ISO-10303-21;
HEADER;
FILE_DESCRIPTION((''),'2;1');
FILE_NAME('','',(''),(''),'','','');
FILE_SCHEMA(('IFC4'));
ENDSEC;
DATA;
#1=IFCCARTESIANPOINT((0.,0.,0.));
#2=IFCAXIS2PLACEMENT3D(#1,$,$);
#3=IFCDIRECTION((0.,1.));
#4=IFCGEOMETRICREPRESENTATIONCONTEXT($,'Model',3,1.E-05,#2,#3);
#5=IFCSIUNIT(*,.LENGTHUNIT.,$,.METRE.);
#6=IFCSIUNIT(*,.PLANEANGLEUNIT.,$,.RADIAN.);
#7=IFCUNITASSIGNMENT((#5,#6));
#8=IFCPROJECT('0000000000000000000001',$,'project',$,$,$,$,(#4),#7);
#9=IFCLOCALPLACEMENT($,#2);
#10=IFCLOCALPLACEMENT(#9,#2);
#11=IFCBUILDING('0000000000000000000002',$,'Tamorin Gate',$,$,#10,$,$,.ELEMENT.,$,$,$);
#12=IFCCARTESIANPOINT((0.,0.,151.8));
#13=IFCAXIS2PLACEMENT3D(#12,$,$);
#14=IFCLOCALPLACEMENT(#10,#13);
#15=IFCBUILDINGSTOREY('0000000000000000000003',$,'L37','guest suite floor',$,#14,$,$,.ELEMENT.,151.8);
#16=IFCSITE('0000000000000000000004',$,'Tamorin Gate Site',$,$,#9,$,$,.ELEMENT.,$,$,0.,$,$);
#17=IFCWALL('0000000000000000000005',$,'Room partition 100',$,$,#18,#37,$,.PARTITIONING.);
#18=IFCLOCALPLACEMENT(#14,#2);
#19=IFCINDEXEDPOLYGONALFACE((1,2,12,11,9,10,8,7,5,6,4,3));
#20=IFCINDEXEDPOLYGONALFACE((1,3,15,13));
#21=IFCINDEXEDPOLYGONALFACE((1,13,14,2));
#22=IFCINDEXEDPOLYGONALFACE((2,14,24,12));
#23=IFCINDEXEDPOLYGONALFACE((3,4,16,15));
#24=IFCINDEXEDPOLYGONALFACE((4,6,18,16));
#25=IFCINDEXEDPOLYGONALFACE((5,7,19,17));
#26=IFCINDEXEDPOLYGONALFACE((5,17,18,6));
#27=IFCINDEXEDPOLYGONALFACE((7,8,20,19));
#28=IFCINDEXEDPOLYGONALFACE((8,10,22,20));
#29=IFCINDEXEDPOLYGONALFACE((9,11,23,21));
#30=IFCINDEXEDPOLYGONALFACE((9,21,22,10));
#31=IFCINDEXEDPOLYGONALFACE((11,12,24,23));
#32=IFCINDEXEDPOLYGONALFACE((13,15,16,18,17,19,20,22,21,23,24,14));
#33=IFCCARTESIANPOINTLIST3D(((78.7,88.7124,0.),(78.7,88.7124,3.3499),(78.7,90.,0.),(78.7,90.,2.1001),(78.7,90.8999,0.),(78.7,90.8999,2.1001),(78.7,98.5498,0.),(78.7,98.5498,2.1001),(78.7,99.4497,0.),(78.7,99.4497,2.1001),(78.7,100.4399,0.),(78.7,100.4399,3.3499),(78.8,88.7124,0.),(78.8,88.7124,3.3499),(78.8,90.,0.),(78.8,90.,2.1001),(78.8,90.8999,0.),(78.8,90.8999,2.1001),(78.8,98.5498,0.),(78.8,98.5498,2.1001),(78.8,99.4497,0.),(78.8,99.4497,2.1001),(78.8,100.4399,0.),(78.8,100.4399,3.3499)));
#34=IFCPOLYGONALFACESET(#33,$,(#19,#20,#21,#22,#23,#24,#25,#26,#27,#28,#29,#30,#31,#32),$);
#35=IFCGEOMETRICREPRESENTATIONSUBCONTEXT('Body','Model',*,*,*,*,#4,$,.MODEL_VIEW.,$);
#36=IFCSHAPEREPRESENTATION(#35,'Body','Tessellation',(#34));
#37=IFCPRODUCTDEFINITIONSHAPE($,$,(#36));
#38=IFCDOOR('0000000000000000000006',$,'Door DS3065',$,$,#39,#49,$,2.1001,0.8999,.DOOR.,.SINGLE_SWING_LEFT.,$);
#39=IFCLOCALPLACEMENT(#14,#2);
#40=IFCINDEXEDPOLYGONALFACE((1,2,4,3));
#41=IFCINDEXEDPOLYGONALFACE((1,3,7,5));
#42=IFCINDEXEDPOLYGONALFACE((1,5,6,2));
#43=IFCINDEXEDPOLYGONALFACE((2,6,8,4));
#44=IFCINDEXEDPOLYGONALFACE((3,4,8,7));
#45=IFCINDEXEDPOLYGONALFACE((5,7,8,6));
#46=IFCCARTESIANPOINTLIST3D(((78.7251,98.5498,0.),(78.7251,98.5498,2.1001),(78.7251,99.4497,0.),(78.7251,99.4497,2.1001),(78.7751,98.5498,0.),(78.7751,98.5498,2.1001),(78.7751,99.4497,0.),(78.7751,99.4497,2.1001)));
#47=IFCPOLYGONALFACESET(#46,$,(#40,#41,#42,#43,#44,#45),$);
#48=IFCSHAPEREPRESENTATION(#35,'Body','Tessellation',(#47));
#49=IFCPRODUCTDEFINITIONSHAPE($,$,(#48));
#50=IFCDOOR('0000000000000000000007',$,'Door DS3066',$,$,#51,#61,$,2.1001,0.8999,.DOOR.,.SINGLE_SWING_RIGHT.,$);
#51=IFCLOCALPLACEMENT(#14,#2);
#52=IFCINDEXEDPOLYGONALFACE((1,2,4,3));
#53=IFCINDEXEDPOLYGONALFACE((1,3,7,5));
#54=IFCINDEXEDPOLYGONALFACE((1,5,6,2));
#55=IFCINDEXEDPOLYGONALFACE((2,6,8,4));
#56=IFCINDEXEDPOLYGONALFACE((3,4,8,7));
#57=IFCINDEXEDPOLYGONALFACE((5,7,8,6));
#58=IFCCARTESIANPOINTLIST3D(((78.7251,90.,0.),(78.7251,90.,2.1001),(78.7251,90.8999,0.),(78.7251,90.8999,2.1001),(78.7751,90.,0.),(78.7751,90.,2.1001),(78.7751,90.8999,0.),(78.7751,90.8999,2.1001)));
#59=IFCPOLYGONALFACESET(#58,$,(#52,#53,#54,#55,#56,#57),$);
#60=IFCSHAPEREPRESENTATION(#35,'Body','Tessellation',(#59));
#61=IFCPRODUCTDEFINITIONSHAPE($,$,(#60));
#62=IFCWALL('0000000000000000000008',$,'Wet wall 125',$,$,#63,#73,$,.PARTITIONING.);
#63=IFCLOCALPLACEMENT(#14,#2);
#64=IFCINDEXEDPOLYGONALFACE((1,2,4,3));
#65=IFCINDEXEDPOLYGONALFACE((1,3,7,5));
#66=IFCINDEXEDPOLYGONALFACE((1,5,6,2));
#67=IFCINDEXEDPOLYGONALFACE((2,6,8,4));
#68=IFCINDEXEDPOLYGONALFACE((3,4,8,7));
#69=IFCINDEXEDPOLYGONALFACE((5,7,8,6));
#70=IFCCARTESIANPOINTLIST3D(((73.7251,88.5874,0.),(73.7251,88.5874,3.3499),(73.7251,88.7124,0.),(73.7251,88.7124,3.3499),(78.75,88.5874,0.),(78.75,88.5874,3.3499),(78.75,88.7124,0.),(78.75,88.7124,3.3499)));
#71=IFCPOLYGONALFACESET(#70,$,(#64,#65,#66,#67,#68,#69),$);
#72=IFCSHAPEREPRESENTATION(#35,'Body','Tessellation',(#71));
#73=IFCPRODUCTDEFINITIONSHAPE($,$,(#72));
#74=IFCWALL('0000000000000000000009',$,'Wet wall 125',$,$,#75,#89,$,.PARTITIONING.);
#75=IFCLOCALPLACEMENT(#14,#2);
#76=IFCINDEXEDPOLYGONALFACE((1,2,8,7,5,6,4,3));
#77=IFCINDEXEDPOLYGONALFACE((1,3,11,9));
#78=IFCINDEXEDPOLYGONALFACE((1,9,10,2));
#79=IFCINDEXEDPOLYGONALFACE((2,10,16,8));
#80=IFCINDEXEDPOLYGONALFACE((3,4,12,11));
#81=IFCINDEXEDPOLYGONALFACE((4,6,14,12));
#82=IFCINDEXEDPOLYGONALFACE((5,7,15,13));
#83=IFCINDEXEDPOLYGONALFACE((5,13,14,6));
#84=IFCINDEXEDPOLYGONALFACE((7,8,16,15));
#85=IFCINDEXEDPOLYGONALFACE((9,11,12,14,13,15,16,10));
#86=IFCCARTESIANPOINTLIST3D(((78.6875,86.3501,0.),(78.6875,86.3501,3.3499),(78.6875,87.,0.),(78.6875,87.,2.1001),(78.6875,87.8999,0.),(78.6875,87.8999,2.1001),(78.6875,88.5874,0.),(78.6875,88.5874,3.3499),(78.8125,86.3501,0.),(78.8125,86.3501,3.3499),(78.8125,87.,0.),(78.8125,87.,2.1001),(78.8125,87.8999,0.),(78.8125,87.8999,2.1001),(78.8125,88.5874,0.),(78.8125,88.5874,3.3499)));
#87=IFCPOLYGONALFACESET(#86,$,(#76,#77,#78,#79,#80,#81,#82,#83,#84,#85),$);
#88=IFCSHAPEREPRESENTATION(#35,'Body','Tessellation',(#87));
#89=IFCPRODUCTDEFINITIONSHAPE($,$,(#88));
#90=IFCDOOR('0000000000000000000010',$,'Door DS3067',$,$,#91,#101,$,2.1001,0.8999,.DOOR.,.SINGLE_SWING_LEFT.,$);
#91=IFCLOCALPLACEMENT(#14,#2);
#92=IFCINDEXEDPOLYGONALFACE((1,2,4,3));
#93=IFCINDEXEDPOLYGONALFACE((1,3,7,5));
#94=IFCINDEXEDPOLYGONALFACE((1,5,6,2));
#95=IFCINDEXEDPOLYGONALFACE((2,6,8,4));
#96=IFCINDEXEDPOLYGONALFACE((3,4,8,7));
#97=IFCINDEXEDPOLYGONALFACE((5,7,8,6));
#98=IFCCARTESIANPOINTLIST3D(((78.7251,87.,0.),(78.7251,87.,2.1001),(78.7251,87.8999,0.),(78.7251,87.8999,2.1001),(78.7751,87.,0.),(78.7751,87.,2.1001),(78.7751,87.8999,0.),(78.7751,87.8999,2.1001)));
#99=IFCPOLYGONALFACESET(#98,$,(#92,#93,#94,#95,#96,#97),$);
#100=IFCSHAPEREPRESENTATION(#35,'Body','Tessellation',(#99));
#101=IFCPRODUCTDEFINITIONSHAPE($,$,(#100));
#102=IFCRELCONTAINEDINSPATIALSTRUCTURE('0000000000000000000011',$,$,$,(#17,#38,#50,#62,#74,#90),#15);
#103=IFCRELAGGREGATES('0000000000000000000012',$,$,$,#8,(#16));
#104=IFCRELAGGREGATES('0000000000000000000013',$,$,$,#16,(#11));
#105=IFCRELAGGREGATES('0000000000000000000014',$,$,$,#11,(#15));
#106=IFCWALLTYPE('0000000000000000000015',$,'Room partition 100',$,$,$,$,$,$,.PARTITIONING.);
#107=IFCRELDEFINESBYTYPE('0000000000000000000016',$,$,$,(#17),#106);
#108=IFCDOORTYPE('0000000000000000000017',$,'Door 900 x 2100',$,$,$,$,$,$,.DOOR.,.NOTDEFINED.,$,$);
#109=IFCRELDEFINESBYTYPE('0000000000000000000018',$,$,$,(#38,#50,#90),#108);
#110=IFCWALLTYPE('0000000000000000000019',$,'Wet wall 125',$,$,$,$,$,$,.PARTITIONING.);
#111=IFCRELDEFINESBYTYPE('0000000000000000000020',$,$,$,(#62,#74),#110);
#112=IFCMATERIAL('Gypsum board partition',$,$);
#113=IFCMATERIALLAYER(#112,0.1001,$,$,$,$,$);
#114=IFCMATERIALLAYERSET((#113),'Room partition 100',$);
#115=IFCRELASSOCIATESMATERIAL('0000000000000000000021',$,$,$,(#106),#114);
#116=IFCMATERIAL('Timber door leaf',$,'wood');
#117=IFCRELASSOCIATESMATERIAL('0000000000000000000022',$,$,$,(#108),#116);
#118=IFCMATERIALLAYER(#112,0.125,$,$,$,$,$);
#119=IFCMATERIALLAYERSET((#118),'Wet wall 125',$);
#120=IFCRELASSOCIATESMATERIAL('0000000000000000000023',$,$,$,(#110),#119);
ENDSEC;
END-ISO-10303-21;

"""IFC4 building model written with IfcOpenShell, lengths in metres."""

from ifc_helpers import new_model, si_unit, direction, frame, frame_2d, origin, place, context, subcontext, project, spatial, rectangle, extrude, material, layer, layer_set, type_object, element, fill, save


model = new_model("IFC4")

# Units and contexts
model_context = context("Model", 3, precision=1e-05, world=origin(), true_north=direction((0.0, 1.0)))
body_context = subcontext(model_context, "Body", "Model", "MODEL_VIEW")
ifc_project = project(units=[si_unit("LENGTHUNIT", "METRE"), si_unit("PLANEANGLEUNIT", "RADIAN")], contexts=[model_context])

# Site, building, storey
site_placement = place(None, origin())
site = spatial("IfcSite", under=ifc_project, at=site_placement, Name="Tamorin Gate Site", CompositionType="ELEMENT", RefElevation=0.0)
building_placement = place(site_placement, origin())
building = spatial("IfcBuilding", under=site, at=building_placement, Name="Tamorin Gate", CompositionType="ELEMENT")
storey_placement = place(building_placement, frame((0.0, 0.0, 151.8)))
storey = spatial("IfcBuildingStorey", under=building, at=storey_placement, Name="L37", Description="guest suite floor", CompositionType="ELEMENT", Elevation=151.8)

# Shared definitions
ifc_material_1 = material(Name="Gypsum board partition")

# Shared definitions
ifc_layer_1 = layer(ifc_material_1, 0.1001)
ifc_layer_set_1 = layer_set([ifc_layer_1], Name="Room partition 100")
wall_type_1 = type_object("IfcWallType", Name="Room partition 100", PredefinedType="PARTITIONING", material=ifc_layer_set_1)
ifc_material_2 = material(Name="Timber door leaf", Category="wood")
door_type = type_object("IfcDoorType", Name="Door 900 x 2100", OperationType="NOTDEFINED", PredefinedType="DOOR", material=ifc_material_2)

# Wall, openings, doors
wall_1_placement = place(storey_placement, frame((78.75, 88.7124, 0.0), z_axis=(0.0, 0.0, 1.0), x_axis=(0.0, 1.0, 0.0)))
wall_1 = element("IfcWall", 1, at=wall_1_placement, inside=storey, type_object=wall_type_1, Name="Room partition 100", PredefinedType="PARTITIONING", context=body_context, shape_type="SweptSolid", body=[
    extrude(rectangle(XDim=11.7275, YDim=0.1001, at=frame_2d((5.8638, 0.0))), origin(), (0.0, 0.0, 1.0), 3.3499),
])
opening_1_placement = place(wall_1_placement, frame((9.8374, 0.0, 0.0)))
opening_1 = element("IfcOpeningElement", 2, at=opening_1_placement, cuts=wall_1, PredefinedType="OPENING", context=body_context, shape_type="SweptSolid", body=[
    extrude(rectangle(XDim=0.8999, YDim=2.1001, at=frame_2d((0.45, 1.05))), frame((0.0, 0.0601, 0.0), z_axis=(0.0, -1.0, 0.0), x_axis=(1.0, 0.0, 0.0)), (0.0, 0.0, 1.0), 0.1201),
])
opening_2_placement = place(wall_1_placement, frame((1.2876, 0.0, 0.0)))
opening_2 = element("IfcOpeningElement", 3, at=opening_2_placement, cuts=wall_1, PredefinedType="OPENING", context=body_context, shape_type="SweptSolid", body=[
    extrude(rectangle(XDim=0.8999, YDim=2.1001, at=frame_2d((0.45, 1.05))), frame((0.0, 0.0601, 0.0), z_axis=(0.0, -1.0, 0.0), x_axis=(1.0, 0.0, 0.0)), (0.0, 0.0, 1.0), 0.1201),
])
door_1_placement = place(opening_1_placement, origin())
door_1 = element("IfcDoor", 4, at=door_1_placement, inside=storey, type_object=door_type, Name="Door DS3065", OperationType="SINGLE_SWING_LEFT", OverallHeight=2.1001, OverallWidth=0.8999, PredefinedType="DOOR", context=body_context, shape_type="SweptSolid", body=[
    extrude(rectangle(XDim=0.8999, YDim=2.1001, at=frame_2d((0.45, 1.05))), frame((0.0, 0.0249, 0.0), z_axis=(0.0, -1.0, 0.0), x_axis=(1.0, 0.0, 0.0)), (0.0, 0.0, 1.0), 0.05),
])
fill(opening_1, door_1)
door_2_placement = place(opening_2_placement, origin())
door_2 = element("IfcDoor", 5, at=door_2_placement, inside=storey, type_object=door_type, Name="Door DS3066", OperationType="SINGLE_SWING_RIGHT", OverallHeight=2.1001, OverallWidth=0.8999, PredefinedType="DOOR", context=body_context, shape_type="SweptSolid", body=[
    extrude(rectangle(XDim=0.8999, YDim=2.1001, at=frame_2d((0.45, 1.05))), frame((0.0, 0.0249, 0.0), z_axis=(0.0, -1.0, 0.0), x_axis=(1.0, 0.0, 0.0)), (0.0, 0.0, 1.0), 0.05),
])
fill(opening_2, door_2)

# Wall
ifc_layer_2 = layer(ifc_material_1, 0.125)
ifc_layer_set_2 = layer_set([ifc_layer_2], Name="Wet wall 125")
wall_type_2 = type_object("IfcWallType", Name="Wet wall 125", PredefinedType="PARTITIONING", material=ifc_layer_set_2)
wall_2_placement = place(storey_placement, frame((73.7251, 88.6499, 0.0), z_axis=(0.0, 0.0, 1.0), x_axis=(1.0, 0.0, 0.0)))
element("IfcWall", 6, at=wall_2_placement, inside=storey, type_object=wall_type_2, Name="Wet wall 125", PredefinedType="PARTITIONING", context=body_context, shape_type="SweptSolid", body=[
    extrude(rectangle(XDim=5.0249, YDim=0.125, at=frame_2d((2.5125, 0.0))), origin(), (0.0, 0.0, 1.0), 3.3499),
])

# Wall, opening, door
wall_3_placement = place(storey_placement, frame((78.75, 86.3501, 0.0), z_axis=(0.0, 0.0, 1.0), x_axis=(0.0, 1.0, 0.0)))
wall_3 = element("IfcWall", 7, at=wall_3_placement, inside=storey, type_object=wall_type_2, Name="Wet wall 125", PredefinedType="PARTITIONING", context=body_context, shape_type="SweptSolid", body=[
    extrude(rectangle(XDim=2.2373, YDim=0.125, at=frame_2d((1.1187, 0.0))), origin(), (0.0, 0.0, 1.0), 3.3499),
])
opening_3_placement = place(wall_3_placement, frame((0.6499, 0.0, 0.0)))
opening_3 = element("IfcOpeningElement", 8, at=opening_3_placement, cuts=wall_3, PredefinedType="OPENING", context=body_context, shape_type="SweptSolid", body=[
    extrude(rectangle(XDim=0.8999, YDim=2.1001, at=frame_2d((0.45, 1.05))), frame((0.0, 0.0725, 0.0), z_axis=(0.0, -1.0, 0.0), x_axis=(1.0, 0.0, 0.0)), (0.0, 0.0, 1.0), 0.145),
])
door_3_placement = place(opening_3_placement, origin())
door_3 = element("IfcDoor", 9, at=door_3_placement, inside=storey, type_object=door_type, Name="Door DS3067", OperationType="SINGLE_SWING_LEFT", OverallHeight=2.1001, OverallWidth=0.8999, PredefinedType="DOOR", context=body_context, shape_type="SweptSolid", body=[
    extrude(rectangle(XDim=0.8999, YDim=2.1001, at=frame_2d((0.45, 1.05))), frame((0.0, 0.0249, 0.0), z_axis=(0.0, -1.0, 0.0), x_axis=(1.0, 0.0, 0.0)), (0.0, 0.0, 1.0), 0.05),
])
fill(opening_3, door_3)

save(model, "model.ifc")
